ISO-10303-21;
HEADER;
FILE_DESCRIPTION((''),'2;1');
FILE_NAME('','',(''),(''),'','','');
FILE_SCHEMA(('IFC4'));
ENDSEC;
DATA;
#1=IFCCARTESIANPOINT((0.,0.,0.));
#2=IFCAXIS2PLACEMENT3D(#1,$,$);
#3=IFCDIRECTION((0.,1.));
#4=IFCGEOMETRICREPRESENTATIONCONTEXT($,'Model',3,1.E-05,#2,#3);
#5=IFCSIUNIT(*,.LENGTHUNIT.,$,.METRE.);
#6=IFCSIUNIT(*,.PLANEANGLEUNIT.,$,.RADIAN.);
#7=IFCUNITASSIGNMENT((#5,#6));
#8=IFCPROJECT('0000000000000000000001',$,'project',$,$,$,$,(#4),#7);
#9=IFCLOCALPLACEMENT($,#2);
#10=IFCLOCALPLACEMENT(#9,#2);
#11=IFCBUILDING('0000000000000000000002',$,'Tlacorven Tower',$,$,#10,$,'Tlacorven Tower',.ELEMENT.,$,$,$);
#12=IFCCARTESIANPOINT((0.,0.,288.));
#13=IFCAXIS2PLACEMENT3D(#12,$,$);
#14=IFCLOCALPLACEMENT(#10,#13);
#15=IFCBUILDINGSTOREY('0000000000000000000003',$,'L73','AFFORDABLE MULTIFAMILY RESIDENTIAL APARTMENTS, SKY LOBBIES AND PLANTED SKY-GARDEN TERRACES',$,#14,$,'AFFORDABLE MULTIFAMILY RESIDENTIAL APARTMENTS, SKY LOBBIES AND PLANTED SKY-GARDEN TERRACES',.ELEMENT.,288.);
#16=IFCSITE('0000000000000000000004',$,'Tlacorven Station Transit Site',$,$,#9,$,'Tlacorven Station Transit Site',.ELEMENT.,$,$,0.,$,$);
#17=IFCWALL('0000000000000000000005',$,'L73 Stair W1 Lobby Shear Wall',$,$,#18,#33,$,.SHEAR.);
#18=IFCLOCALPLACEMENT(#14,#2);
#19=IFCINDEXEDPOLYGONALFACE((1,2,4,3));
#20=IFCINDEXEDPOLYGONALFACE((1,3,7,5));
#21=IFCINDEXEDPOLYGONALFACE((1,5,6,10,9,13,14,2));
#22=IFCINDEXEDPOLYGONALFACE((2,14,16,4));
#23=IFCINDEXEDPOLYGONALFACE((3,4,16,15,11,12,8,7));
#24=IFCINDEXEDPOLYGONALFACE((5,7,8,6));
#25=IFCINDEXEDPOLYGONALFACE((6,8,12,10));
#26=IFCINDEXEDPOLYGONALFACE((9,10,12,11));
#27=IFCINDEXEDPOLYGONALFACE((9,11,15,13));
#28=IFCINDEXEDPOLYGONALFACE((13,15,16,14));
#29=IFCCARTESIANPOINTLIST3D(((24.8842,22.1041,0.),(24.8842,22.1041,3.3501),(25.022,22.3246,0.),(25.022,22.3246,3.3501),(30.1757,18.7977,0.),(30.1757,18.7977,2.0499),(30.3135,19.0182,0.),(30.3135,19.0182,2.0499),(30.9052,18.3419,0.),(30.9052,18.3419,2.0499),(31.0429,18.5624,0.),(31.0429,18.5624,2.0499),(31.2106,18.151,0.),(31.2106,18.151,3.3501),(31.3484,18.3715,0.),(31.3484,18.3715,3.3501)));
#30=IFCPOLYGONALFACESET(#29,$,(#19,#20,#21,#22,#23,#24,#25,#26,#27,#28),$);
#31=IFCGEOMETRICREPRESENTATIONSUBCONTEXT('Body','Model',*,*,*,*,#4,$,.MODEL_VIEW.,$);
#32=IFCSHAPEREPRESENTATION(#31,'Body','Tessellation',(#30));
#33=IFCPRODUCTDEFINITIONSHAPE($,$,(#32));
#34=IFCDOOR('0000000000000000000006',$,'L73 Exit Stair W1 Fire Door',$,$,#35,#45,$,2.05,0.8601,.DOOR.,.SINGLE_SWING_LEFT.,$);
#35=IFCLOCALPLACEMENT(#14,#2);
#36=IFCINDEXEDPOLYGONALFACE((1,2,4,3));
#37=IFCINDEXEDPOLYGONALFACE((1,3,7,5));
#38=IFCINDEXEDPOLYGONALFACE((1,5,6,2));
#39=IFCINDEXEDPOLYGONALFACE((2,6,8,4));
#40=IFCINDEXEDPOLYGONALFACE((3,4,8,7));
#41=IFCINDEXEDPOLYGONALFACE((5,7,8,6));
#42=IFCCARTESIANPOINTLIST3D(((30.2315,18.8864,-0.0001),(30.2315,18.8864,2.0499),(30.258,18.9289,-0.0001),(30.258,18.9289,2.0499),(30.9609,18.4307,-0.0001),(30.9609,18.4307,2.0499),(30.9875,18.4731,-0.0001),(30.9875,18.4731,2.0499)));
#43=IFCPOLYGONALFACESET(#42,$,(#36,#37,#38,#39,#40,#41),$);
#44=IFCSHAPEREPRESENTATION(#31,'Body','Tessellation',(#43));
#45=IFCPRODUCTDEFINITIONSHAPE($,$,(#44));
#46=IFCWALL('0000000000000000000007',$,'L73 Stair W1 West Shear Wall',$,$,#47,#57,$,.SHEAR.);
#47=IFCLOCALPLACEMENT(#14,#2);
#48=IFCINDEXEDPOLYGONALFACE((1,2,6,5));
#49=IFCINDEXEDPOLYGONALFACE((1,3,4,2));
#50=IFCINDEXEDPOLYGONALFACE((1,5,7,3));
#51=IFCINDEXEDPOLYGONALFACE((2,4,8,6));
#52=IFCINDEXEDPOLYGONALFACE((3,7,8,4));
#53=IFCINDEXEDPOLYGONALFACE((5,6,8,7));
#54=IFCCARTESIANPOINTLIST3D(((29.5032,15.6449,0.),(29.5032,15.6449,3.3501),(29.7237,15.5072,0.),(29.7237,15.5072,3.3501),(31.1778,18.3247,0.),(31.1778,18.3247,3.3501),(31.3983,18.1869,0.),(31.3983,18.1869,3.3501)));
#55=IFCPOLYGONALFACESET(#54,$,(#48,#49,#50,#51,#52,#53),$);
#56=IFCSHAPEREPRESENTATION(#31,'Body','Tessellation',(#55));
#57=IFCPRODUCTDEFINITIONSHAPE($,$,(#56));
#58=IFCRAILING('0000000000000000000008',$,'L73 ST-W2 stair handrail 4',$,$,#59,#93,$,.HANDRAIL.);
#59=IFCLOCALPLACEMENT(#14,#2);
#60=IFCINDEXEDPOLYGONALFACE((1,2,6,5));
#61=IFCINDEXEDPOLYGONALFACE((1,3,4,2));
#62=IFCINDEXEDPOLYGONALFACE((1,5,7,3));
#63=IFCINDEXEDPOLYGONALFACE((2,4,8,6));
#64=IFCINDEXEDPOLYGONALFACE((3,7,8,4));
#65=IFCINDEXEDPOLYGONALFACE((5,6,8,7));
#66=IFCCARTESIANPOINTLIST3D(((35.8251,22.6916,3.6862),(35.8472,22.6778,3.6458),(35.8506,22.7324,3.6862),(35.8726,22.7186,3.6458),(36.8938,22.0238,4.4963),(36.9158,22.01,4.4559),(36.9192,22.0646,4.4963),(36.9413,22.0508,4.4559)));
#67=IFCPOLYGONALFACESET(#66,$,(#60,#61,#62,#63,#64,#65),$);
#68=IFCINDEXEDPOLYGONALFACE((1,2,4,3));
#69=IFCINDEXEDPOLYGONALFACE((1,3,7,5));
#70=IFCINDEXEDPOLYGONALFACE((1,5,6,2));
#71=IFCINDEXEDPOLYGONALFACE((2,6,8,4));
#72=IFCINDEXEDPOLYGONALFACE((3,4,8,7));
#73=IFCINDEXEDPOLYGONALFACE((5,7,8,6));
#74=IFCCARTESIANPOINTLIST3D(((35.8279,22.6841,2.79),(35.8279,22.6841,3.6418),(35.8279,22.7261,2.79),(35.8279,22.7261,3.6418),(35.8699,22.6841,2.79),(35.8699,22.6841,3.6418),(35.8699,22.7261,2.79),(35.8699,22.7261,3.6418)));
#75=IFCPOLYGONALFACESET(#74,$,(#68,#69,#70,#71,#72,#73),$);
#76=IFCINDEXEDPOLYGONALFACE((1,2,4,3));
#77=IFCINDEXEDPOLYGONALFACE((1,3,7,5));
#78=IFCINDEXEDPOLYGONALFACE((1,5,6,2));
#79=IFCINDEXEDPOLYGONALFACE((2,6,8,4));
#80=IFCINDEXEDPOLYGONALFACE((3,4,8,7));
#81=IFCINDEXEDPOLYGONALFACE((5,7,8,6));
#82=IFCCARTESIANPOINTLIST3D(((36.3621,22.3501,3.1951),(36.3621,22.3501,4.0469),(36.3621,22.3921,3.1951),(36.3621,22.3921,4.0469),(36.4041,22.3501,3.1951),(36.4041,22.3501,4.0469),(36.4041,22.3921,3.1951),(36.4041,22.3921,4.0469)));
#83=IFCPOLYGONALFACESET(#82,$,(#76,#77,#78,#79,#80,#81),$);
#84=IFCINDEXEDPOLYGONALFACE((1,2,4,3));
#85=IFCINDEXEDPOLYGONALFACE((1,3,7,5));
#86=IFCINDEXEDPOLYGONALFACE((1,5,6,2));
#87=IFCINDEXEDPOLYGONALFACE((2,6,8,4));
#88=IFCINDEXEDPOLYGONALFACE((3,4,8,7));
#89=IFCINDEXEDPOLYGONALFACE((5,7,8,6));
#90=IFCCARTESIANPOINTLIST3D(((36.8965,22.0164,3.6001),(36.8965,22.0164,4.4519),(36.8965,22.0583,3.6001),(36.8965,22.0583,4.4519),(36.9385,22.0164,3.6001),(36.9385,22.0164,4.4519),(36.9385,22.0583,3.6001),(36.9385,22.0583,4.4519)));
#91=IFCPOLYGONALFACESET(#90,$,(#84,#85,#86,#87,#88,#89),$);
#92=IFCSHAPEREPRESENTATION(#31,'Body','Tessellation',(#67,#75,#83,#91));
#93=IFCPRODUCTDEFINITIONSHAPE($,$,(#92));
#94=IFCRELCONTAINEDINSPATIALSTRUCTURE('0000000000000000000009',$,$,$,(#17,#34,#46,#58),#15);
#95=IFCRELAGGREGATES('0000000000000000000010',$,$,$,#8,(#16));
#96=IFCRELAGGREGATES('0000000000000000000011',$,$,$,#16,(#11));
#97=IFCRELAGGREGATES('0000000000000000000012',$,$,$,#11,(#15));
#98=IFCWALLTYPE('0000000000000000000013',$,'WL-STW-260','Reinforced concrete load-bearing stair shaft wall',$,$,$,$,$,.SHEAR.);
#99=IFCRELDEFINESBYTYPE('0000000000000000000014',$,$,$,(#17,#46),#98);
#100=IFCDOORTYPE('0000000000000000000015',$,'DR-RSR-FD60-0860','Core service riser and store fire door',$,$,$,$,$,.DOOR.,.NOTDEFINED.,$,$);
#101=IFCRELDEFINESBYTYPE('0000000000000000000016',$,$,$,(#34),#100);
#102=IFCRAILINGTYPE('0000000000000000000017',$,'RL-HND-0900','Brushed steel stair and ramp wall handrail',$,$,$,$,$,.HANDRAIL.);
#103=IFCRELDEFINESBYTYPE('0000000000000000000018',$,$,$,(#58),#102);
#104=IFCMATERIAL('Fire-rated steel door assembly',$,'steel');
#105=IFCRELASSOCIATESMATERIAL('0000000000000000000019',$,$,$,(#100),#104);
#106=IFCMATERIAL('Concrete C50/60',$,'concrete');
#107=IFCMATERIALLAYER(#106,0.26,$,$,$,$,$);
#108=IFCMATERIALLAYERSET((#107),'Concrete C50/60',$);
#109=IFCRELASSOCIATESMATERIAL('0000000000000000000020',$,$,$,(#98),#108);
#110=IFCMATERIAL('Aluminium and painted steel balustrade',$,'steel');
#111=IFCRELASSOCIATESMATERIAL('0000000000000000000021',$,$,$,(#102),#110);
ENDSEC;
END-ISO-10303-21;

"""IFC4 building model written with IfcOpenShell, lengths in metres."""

from ifc_helpers import new_model, si_unit, direction, frame, frame_2d, origin, origin_2d, place, context, subcontext, project, spatial, rectangle, extrude, source, transform, mapped, material, layer, layer_set, type_object, element, fill, save


model = new_model("IFC4")

# Units and contexts
model_context = context("Model", 3, precision=1e-05, world=origin(), true_north=direction((0.0, 1.0)))
body_context = subcontext(model_context, "Body", "Model", "MODEL_VIEW")
ifc_project = project(units=[si_unit("LENGTHUNIT", "METRE"), si_unit("PLANEANGLEUNIT", "RADIAN")], contexts=[model_context])

# Site, building, storey
site_placement = place(None, origin())
site = spatial("IfcSite", under=ifc_project, at=site_placement, Name="Tlacorven Station Transit Site", LongName="Tlacorven Station Transit Site", CompositionType="ELEMENT", RefElevation=0.0)
building_placement = place(site_placement, origin())
building = spatial("IfcBuilding", under=site, at=building_placement, Name="Tlacorven Tower", LongName="Tlacorven Tower", CompositionType="ELEMENT")
storey_placement = place(building_placement, frame((0.0, 0.0, 288.0)))
storey = spatial("IfcBuildingStorey", under=building, at=storey_placement, Name="L73", Description="AFFORDABLE MULTIFAMILY RESIDENTIAL APARTMENTS, SKY LOBBIES AND PLANTED SKY-GARDEN TERRACES", LongName="AFFORDABLE MULTIFAMILY RESIDENTIAL APARTMENTS, SKY LOBBIES AND PLANTED SKY-GARDEN TERRACES", CompositionType="ELEMENT", Elevation=288.0)

# Shared definitions
ifc_material_1 = material(Name="Concrete C50/60", Category="concrete")

# Shared definitions
ifc_material_2 = material(Name="Fire-rated steel door assembly", Category="steel")

# Shared definitions
door_type_1 = type_object("IfcDoorType", Name="DR-RSR-FD60-0860", Description="Core service riser and store fire door", OperationType="NOTDEFINED", PredefinedType="DOOR", material=ifc_material_2)
shared_shape_1 = source(origin(), body_context, "Body", "SweptSolid", [
    extrude(rectangle(XDim=0.8601, YDim=2.05, at=frame_2d((0.4302, 1.0249))), frame((0.0, 0.0249, 0.0), z_axis=(0.0, -1.0, 0.0), x_axis=(1.0, 0.0, 0.0)), (0.0, 0.0, 1.0), 0.05),
])

# Wall, opening, door
ifc_layer_1 = layer(ifc_material_1, 0.26)
ifc_layer_set_1 = layer_set([ifc_layer_1], Name="Concrete C50/60")
wall_type_1 = type_object("IfcWallType", Name="WL-STW-260", Description="Reinforced concrete load-bearing stair shaft wall", PredefinedType="SHEAR", material=ifc_layer_set_1)
wall_1_placement = place(storey_placement, frame((31.2795, 18.2612, 0.0), z_axis=(0.0, 0.0, 1.0), x_axis=(-0.848052, 0.529914, 0.0)))
wall_1 = element("IfcWall", 1, at=wall_1_placement, inside=storey, type_object=wall_type_1, Name="L73 Stair W1 Lobby Shear Wall", PredefinedType="SHEAR", context=body_context, shape_type="SweptSolid", body=[
    extrude(rectangle(XDim=7.46, YDim=0.26, at=frame_2d((3.73, 0.0))), origin(), (0.0, 0.0, 1.0), 3.3501),
])
opening_1_placement = place(wall_1_placement, frame((0.3601, 0.0, 0.0)))
opening_1 = element("IfcOpeningElement", 2, at=opening_1_placement, cuts=wall_1, PredefinedType="OPENING", context=body_context, shape_type="SweptSolid", body=[
    extrude(rectangle(XDim=0.8601, YDim=2.05, at=frame_2d((0.4302, 1.0249))), frame((0.0, 0.1401, 0.0), z_axis=(0.0, -1.0, 0.0), x_axis=(1.0, 0.0, 0.0)), (0.0, 0.0, 1.0), 0.28),
])
door_1_placement = place(opening_1_placement, frame((0.8601, 0.0, 0.0), z_axis=(0.0, 0.0, 1.0), x_axis=(-1.0, 0.0, 0.0)))
door_1 = element("IfcDoor", 3, at=door_1_placement, inside=storey, type_object=door_type_1, Name="L73 Exit Stair W1 Fire Door", OperationType="SINGLE_SWING_LEFT", OverallHeight=2.05, OverallWidth=0.8601, PredefinedType="DOOR", context=body_context, shape_type="MappedRepresentation", body=[
    mapped(shared_shape_1, transform((0.0, 0.0, 0.0), scale=1.0)),
])
fill(opening_1, door_1)

# Wall
wall_2_placement = place(storey_placement, frame((31.2881, 18.2559, 0.0), z_axis=(0.0, 0.0, 1.0), x_axis=(-0.529943, -0.848033, 0.0)))
element("IfcWall", 4, at=wall_2_placement, inside=storey, type_object=wall_type_1, Name="L73 Stair W1 West Shear Wall", PredefinedType="SHEAR", context=body_context, shape_type="SweptSolid", body=[
    extrude(rectangle(XDim=3.1599, YDim=0.26, at=frame_2d((1.5801, 0.0))), origin(), (0.0, 0.0, 1.0), 3.3501),
])

# Railing
ifc_material_3 = material(Name="Aluminium and painted steel balustrade", Category="steel")
railing_type = type_object("IfcRailingType", Name="RL-HND-0900", Description="Brushed steel stair and ramp wall handrail", PredefinedType="HANDRAIL", material=ifc_material_3)
shared_shape_2 = source(origin(), body_context, "Body", "SweptSolid", [
    extrude(rectangle(XDim=0.0481, YDim=0.0481, at=origin_2d()), frame((0.0, 0.0, 0.876), z_axis=(0.71336, -0.445748, 0.540765), x_axis=(0.529912, 0.848053, 0.0)), (0.0, 0.0, 1.0), 1.498),
    extrude(rectangle(XDim=0.042, YDim=0.042, at=origin_2d()), origin(), (0.0, 0.0, 1.0), 0.8518),
    extrude(rectangle(XDim=0.042, YDim=0.042, at=origin_2d()), frame((0.5342, -0.334, 0.405)), (0.0, 0.0, 1.0), 0.8518),
    extrude(rectangle(XDim=0.042, YDim=0.042, at=origin_2d()), frame((1.0686, -0.6677, 0.8101)), (0.0, 0.0, 1.0), 0.8518),
])
railing_placement = place(storey_placement, frame((35.8489, 22.7051, 2.79)))
element("IfcRailing", 5, at=railing_placement, inside=storey, type_object=railing_type, Name="L73 ST-W2 stair handrail 4", PredefinedType="HANDRAIL", context=body_context, shape_type="MappedRepresentation", body=[
    mapped(shared_shape_2, transform((0.0, 0.0, 0.0), scale=1.0)),
])

save(model, "model.ifc")
